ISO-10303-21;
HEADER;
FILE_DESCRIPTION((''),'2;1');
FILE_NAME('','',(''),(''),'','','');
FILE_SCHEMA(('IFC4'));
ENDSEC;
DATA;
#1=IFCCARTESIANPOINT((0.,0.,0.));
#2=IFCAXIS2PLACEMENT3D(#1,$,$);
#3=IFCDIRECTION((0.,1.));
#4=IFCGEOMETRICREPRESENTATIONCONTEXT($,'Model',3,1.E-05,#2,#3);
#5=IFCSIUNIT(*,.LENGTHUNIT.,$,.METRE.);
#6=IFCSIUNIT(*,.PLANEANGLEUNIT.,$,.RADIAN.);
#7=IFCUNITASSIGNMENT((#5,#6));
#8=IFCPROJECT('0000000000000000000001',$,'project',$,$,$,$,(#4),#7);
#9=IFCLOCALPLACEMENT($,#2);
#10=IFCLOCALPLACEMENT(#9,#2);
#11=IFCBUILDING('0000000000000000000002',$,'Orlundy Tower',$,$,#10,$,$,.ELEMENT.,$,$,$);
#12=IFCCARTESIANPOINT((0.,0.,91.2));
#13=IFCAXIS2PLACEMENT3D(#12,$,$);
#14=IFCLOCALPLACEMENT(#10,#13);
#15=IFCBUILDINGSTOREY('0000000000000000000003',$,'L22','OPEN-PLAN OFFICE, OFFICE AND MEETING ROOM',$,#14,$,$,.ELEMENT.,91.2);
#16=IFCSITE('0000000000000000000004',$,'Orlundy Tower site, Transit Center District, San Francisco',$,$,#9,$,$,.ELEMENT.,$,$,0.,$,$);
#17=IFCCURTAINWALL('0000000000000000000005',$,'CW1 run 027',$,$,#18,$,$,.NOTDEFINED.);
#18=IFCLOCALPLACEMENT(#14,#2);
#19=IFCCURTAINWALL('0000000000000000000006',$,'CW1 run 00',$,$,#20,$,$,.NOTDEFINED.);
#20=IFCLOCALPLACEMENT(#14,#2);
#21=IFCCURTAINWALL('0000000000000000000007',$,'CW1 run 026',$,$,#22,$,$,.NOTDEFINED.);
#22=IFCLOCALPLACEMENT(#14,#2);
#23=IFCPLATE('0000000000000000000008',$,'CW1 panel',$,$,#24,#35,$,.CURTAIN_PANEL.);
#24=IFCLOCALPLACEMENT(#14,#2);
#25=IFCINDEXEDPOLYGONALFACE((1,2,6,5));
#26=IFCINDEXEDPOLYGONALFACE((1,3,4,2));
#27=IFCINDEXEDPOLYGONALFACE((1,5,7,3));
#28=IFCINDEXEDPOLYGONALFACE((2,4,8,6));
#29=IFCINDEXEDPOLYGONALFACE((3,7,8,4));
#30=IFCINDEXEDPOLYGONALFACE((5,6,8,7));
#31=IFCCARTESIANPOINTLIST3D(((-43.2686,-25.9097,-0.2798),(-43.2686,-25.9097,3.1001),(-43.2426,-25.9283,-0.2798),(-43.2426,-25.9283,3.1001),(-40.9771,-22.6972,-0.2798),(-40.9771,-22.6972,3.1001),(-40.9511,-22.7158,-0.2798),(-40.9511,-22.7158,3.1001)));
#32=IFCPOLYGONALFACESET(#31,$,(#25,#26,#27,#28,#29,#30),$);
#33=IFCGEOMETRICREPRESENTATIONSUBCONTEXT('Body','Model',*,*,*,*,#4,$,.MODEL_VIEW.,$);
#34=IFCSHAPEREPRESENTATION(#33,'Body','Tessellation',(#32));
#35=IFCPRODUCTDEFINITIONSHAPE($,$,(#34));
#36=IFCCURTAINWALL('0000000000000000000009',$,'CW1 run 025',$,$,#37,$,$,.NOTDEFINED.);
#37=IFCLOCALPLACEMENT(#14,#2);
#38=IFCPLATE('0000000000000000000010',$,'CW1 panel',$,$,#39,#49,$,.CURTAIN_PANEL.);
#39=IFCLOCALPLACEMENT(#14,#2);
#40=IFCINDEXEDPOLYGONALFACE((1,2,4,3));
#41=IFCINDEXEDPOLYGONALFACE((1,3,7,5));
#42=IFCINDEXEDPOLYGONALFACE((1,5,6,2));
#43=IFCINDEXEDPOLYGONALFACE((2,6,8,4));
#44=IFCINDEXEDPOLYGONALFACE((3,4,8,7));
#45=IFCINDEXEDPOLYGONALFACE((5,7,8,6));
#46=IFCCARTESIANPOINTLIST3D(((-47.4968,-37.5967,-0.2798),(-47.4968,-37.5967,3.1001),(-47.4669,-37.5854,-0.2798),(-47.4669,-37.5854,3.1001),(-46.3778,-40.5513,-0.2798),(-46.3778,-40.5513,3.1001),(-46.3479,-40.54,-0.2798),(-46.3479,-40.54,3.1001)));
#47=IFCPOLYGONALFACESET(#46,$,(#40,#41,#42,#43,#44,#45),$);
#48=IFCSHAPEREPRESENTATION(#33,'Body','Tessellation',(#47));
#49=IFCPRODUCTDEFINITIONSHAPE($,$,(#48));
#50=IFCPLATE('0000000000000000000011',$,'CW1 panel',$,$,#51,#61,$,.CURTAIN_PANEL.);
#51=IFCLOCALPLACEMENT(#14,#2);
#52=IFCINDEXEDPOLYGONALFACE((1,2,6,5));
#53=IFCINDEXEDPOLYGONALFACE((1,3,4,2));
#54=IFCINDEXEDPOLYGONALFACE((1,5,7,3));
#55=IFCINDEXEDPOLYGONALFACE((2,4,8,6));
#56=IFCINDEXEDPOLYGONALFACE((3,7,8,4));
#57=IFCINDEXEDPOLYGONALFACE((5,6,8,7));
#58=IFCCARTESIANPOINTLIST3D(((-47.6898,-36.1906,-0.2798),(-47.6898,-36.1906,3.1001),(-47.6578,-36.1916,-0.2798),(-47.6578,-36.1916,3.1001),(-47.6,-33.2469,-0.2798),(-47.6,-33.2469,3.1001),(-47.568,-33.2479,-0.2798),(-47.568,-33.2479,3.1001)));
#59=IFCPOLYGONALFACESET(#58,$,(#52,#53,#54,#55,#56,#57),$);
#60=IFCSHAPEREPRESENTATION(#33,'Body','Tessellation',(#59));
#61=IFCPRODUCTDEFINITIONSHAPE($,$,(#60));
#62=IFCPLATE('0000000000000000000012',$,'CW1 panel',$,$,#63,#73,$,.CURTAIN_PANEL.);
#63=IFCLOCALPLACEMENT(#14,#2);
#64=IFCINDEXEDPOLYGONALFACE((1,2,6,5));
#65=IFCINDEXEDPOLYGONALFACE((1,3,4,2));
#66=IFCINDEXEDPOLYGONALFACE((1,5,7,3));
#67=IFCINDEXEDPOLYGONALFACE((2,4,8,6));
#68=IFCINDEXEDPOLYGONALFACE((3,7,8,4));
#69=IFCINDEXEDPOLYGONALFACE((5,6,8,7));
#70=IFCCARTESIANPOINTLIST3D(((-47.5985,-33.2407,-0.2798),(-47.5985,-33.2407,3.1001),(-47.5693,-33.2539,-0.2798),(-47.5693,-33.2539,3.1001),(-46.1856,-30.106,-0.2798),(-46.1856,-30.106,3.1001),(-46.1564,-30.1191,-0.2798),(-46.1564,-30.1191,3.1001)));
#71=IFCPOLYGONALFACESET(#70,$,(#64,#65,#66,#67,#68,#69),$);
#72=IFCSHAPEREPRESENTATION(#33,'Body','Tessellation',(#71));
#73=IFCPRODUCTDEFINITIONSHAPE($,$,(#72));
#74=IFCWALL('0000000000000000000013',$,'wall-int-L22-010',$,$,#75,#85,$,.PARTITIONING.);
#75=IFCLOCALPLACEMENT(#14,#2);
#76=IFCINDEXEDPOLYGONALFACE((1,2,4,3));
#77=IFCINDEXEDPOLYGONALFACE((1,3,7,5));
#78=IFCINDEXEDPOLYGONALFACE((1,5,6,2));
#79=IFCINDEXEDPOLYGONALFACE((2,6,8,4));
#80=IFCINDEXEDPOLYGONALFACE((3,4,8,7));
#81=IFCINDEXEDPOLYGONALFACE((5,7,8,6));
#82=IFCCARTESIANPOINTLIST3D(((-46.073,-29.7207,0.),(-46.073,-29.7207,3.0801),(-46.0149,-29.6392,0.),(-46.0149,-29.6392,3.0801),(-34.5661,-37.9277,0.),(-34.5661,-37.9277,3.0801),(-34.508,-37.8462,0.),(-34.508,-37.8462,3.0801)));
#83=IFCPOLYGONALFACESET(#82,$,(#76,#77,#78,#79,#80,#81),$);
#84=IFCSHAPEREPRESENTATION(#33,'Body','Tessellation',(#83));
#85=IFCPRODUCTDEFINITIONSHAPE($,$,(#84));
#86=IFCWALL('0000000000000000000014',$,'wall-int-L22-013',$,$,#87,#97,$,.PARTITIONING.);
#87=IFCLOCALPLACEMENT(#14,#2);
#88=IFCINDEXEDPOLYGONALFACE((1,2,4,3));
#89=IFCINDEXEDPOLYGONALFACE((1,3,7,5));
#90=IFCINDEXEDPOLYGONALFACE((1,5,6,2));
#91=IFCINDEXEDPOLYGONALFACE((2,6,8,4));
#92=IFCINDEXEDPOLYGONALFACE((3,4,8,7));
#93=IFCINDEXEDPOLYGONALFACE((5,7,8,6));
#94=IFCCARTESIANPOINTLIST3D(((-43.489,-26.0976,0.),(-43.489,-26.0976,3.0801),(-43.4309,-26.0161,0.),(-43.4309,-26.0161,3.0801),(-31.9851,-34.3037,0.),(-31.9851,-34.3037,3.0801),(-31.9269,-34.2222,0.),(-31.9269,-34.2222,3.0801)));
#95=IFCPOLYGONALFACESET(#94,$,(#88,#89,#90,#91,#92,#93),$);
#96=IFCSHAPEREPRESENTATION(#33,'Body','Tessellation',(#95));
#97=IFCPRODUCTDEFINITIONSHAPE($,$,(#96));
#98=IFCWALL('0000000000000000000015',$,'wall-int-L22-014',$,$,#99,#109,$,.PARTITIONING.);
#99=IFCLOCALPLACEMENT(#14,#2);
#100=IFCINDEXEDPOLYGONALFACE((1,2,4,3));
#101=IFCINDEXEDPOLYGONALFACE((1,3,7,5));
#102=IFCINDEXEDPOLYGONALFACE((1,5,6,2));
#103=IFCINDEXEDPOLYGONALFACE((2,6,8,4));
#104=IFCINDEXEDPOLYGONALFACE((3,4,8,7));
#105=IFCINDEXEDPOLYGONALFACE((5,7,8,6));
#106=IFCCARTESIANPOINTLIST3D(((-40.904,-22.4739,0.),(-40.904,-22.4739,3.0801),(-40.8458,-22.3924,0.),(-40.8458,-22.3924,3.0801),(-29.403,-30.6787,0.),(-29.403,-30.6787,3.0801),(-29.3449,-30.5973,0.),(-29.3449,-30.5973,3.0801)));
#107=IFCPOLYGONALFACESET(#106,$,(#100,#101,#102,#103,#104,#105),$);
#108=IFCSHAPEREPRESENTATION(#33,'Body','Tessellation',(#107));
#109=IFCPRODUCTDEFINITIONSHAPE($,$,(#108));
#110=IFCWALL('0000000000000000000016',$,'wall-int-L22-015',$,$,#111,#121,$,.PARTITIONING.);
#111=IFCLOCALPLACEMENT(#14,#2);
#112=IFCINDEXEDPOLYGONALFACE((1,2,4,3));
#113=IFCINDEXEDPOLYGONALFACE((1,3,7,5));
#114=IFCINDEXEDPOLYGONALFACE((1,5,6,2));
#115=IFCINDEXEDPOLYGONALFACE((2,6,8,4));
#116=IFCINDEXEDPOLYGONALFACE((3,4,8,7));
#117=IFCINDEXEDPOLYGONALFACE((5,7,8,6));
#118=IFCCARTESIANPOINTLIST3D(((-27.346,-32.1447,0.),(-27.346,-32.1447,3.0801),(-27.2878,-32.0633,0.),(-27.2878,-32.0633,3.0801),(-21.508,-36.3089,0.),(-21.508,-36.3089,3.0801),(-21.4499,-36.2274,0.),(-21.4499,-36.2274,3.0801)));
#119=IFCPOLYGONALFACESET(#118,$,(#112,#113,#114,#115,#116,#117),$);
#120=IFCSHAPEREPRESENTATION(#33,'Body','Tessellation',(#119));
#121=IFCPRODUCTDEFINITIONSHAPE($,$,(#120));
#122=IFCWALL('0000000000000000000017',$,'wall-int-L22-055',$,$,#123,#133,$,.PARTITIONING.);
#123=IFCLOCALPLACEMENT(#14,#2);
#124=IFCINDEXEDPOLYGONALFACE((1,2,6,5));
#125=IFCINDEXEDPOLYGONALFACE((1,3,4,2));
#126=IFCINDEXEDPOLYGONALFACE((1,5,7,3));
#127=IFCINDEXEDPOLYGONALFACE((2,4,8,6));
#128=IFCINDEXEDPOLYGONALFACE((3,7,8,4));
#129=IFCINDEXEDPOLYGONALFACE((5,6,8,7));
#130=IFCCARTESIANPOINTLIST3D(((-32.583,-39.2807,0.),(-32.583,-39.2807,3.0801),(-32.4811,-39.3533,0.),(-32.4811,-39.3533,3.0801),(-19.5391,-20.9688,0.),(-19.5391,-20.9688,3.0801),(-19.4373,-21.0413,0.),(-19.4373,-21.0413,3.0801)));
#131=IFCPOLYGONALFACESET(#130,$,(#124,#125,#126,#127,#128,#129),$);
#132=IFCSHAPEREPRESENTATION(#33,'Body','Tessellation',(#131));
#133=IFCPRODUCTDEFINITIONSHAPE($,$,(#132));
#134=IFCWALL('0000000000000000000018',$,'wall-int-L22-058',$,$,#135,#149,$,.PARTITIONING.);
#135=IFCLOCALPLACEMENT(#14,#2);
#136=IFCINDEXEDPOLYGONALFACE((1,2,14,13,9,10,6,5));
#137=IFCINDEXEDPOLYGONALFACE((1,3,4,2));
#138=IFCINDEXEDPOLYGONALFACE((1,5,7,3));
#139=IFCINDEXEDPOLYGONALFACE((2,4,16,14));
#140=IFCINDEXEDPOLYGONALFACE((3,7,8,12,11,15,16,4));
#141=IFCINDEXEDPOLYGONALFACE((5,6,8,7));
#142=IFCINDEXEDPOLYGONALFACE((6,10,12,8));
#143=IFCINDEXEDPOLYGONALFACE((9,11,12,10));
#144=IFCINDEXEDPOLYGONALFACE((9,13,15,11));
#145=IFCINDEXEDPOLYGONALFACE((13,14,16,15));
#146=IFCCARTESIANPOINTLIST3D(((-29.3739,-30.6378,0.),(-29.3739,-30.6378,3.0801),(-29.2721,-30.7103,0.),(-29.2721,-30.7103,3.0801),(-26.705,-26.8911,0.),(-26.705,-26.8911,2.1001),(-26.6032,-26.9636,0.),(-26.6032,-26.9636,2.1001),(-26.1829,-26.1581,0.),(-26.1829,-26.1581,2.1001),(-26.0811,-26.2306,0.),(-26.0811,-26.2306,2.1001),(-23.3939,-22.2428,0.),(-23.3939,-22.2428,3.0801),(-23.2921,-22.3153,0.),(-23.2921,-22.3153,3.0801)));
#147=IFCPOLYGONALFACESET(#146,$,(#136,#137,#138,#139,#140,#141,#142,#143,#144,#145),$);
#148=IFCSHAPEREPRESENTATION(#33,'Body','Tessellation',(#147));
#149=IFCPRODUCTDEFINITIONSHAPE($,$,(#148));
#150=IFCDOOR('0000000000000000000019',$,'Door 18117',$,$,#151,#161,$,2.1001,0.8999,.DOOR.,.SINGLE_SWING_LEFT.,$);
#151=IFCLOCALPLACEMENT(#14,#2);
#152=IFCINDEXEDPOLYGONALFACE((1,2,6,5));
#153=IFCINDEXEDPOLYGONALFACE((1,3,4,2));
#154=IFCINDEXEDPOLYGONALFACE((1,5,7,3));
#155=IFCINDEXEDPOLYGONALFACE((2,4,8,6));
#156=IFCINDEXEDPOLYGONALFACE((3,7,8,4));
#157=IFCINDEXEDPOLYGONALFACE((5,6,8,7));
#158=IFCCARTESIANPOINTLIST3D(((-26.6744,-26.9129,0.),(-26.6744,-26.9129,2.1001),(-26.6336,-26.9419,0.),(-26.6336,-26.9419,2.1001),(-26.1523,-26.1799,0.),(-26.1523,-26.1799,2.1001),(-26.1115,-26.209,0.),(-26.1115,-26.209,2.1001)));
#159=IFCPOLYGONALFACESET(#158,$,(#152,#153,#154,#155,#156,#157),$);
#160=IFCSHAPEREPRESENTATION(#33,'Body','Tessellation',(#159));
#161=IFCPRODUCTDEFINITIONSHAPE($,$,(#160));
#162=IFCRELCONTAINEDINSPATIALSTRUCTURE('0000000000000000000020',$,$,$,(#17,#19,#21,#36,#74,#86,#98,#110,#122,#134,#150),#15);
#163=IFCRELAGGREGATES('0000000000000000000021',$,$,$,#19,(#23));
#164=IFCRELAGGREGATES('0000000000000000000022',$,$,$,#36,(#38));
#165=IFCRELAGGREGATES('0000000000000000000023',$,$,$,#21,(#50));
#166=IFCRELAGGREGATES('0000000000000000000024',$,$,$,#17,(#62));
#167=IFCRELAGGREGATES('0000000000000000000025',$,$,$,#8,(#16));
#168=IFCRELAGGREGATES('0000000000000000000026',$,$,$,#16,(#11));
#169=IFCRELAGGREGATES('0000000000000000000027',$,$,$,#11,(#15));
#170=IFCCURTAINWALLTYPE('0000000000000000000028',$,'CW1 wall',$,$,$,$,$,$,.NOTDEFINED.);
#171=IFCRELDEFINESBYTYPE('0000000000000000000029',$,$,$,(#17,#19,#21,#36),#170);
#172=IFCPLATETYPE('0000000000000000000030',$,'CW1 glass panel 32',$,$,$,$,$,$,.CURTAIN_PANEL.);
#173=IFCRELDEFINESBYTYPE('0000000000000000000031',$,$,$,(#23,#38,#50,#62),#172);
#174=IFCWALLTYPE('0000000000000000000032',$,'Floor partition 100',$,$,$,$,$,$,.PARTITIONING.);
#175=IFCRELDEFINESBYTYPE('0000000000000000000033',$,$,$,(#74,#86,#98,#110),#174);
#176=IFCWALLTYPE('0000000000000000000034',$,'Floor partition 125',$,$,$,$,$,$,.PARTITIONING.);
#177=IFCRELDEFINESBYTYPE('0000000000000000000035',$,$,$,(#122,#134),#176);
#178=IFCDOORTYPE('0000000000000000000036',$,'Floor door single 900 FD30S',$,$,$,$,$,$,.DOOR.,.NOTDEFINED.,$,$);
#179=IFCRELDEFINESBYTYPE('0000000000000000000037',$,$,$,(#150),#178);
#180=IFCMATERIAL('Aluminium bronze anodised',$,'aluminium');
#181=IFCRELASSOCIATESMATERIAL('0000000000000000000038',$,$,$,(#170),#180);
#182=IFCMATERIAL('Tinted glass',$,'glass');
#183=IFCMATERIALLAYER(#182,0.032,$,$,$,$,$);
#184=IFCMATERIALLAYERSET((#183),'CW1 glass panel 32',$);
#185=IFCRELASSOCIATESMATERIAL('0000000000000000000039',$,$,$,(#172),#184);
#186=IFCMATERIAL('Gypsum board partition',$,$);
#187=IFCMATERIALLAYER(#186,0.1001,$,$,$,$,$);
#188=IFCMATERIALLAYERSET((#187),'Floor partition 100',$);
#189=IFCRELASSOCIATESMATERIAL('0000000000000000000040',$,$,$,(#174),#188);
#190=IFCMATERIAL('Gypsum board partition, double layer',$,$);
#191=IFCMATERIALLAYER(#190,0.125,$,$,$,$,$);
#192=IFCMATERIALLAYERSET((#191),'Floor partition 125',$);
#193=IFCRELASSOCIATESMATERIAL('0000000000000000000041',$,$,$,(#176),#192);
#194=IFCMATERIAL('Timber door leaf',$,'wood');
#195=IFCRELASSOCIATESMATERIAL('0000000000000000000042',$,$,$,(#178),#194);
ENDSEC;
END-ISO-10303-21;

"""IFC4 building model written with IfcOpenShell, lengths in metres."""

from ifc_helpers import new_model, si_unit, direction, frame, frame_2d, origin, origin_2d, place, context, subcontext, project, spatial, rectangle, extrude, material, layer, layer_set, type_object, element, fill, aggregate, save


model = new_model("IFC4")

# Units and contexts
model_context = context("Model", 3, precision=1e-05, world=origin(), true_north=direction((0.0, 1.0)))
body_context = subcontext(model_context, "Body", "Model", "MODEL_VIEW")
ifc_project = project(units=[si_unit("LENGTHUNIT", "METRE"), si_unit("PLANEANGLEUNIT", "RADIAN")], contexts=[model_context])

# Site, building, storey
site_placement = place(None, origin())
site = spatial("IfcSite", under=ifc_project, at=site_placement, Name="Orlundy Tower site, Transit Center District, San Francisco", CompositionType="ELEMENT", RefElevation=0.0)
building_placement = place(site_placement, origin())
building = spatial("IfcBuilding", under=site, at=building_placement, Name="Orlundy Tower", CompositionType="ELEMENT")
storey_placement = place(building_placement, frame((0.0, 0.0, 91.2)))
storey = spatial("IfcBuildingStorey", under=building, at=storey_placement, Name="L22", Description="OPEN-PLAN OFFICE, OFFICE AND MEETING ROOM", CompositionType="ELEMENT", Elevation=91.2)

# Curtain wall
ifc_material_1 = material(Name="Aluminium bronze anodised", Category="aluminium")
curtain_wall_type = type_object("IfcCurtainWallType", Name="CW1 wall", PredefinedType="NOTDEFINED", material=ifc_material_1)
curtain_wall_1_placement = place(storey_placement, origin())
curtain_wall_1 = element("IfcCurtainWall", 1, at=curtain_wall_1_placement, inside=storey, type_object=curtain_wall_type, Name="CW1 run 027", PredefinedType="NOTDEFINED")

# Curtain wall
curtain_wall_2_placement = place(storey_placement, origin())
curtain_wall_2 = element("IfcCurtainWall", 2, at=curtain_wall_2_placement, inside=storey, type_object=curtain_wall_type, Name="CW1 run 00", PredefinedType="NOTDEFINED")

# Curtain wall
curtain_wall_3_placement = place(storey_placement, origin())
curtain_wall_3 = element("IfcCurtainWall", 3, at=curtain_wall_3_placement, inside=storey, type_object=curtain_wall_type, Name="CW1 run 026", PredefinedType="NOTDEFINED")

# Plate
ifc_material_2 = material(Name="Tinted glass", Category="glass")
ifc_layer_1 = layer(ifc_material_2, 0.032)
ifc_layer_set_1 = layer_set([ifc_layer_1], Name="CW1 glass panel 32")
plate_type = type_object("IfcPlateType", Name="CW1 glass panel 32", PredefinedType="CURTAIN_PANEL", material=ifc_layer_set_1)
plate_1_placement = place(storey_placement, frame((-42.1099, -24.3127, -0.2798), z_axis=(0.0, 0.0, 1.0), x_axis=(0.580701, 0.814117, 0.0)))
plate_1 = element("IfcPlate", 4, at=plate_1_placement, type_object=plate_type, Name="CW1 panel", PredefinedType="CURTAIN_PANEL", context=body_context, shape_type="SweptSolid", body=[
    extrude(rectangle(XDim=3.946, YDim=0.032, at=origin_2d()), origin(), (0.0, 0.0, 1.0), 3.3799),
])
aggregate(curtain_wall_2, [plate_1])

# Curtain wall, plate
curtain_wall_4_placement = place(storey_placement, origin())
curtain_wall_4 = element("IfcCurtainWall", 5, at=curtain_wall_4_placement, inside=storey, type_object=curtain_wall_type, Name="CW1 run 025", PredefinedType="NOTDEFINED")
plate_2_placement = place(storey_placement, frame((-46.9224, -39.0684, -0.2798), z_axis=(0.0, 0.0, 1.0), x_axis=(-0.354166, 0.935182, 0.0)))
plate_2 = element("IfcPlate", 6, at=plate_2_placement, type_object=plate_type, Name="CW1 panel", PredefinedType="CURTAIN_PANEL", context=body_context, shape_type="SweptSolid", body=[
    extrude(rectangle(XDim=3.1594, YDim=0.032, at=origin_2d()), origin(), (0.0, 0.0, 1.0), 3.3799),
])
aggregate(curtain_wall_4, [plate_2])

# Plates
plate_3_placement = place(storey_placement, frame((-47.6289, -34.7192, -0.2798), z_axis=(0.0, 0.0, 1.0), x_axis=(0.030485, 0.999535, 0.0)))
plate_3 = element("IfcPlate", 7, at=plate_3_placement, type_object=plate_type, Name="CW1 panel", PredefinedType="CURTAIN_PANEL", context=body_context, shape_type="SweptSolid", body=[
    extrude(rectangle(XDim=2.9451, YDim=0.032, at=origin_2d()), origin(), (0.0, 0.0, 1.0), 3.3799),
])
aggregate(curtain_wall_3, [plate_3])
plate_4_placement = place(storey_placement, frame((-46.8774, -31.6799, -0.2798), z_axis=(0.0, 0.0, 1.0), x_axis=(0.410914, 0.911674, 0.0)))
plate_4 = element("IfcPlate", 8, at=plate_4_placement, type_object=plate_type, Name="CW1 panel", PredefinedType="CURTAIN_PANEL", context=body_context, shape_type="SweptSolid", body=[
    extrude(rectangle(XDim=3.4385, YDim=0.032, at=origin_2d()), origin(), (0.0, 0.0, 1.0), 3.3799),
])
aggregate(curtain_wall_1, [plate_4])

# Walls
ifc_material_3 = material(Name="Gypsum board partition")
ifc_layer_2 = layer(ifc_material_3, 0.1001)
ifc_layer_set_2 = layer_set([ifc_layer_2], Name="Floor partition 100")
wall_type_1 = type_object("IfcWallType", Name="Floor partition 100", PredefinedType="PARTITIONING", material=ifc_layer_set_2)
wall_1_placement = place(storey_placement, frame((-46.0439, -29.6799, 0.0), z_axis=(0.0, 0.0, 1.0), x_axis=(0.814139, -0.580669, 0.0)))
element("IfcWall", 9, at=wall_1_placement, inside=storey, type_object=wall_type_1, Name="wall-int-L22-010", PredefinedType="PARTITIONING", context=body_context, shape_type="SweptSolid", body=[
    extrude(rectangle(XDim=14.1338, YDim=0.1001, at=frame_2d((7.0669, 0.0))), origin(), (0.0, 0.0, 1.0), 3.0801),
])
wall_2_placement = place(storey_placement, frame((-43.46, -26.0569, 0.0), z_axis=(0.0, 0.0, 1.0), x_axis=(0.814102, -0.580722, 0.0)))
element("IfcWall", 10, at=wall_2_placement, inside=storey, type_object=wall_type_1, Name="wall-int-L22-013", PredefinedType="PARTITIONING", context=body_context, shape_type="SweptSolid", body=[
    extrude(rectangle(XDim=14.1309, YDim=0.1001, at=frame_2d((7.0654, 0.0))), origin(), (0.0, 0.0, 1.0), 3.0801),
])
wall_3_placement = place(storey_placement, frame((-40.875, -22.4331, 0.0), z_axis=(0.0, 0.0, 1.0), x_axis=(0.814073, -0.580762, 0.0)))
element("IfcWall", 11, at=wall_3_placement, inside=storey, type_object=wall_type_1, Name="wall-int-L22-014", PredefinedType="PARTITIONING", context=body_context, shape_type="SweptSolid", body=[
    extrude(rectangle(XDim=14.1277, YDim=0.1001, at=frame_2d((7.064, 0.0))), origin(), (0.0, 0.0, 1.0), 3.0801),
])
wall_4_placement = place(storey_placement, frame((-27.3169, -32.104, 0.0), z_axis=(0.0, 0.0, 1.0), x_axis=(0.81412, -0.580697, 0.0)))
element("IfcWall", 12, at=wall_4_placement, inside=storey, type_object=wall_type_1, Name="wall-int-L22-015", PredefinedType="PARTITIONING", context=body_context, shape_type="SweptSolid", body=[
    extrude(rectangle(XDim=7.1709, YDim=0.1001, at=frame_2d((3.5854, 0.0))), origin(), (0.0, 0.0, 1.0), 3.0801),
])
ifc_material_4 = material(Name="Gypsum board partition, double layer")
ifc_layer_3 = layer(ifc_material_4, 0.125)
ifc_layer_set_3 = layer_set([ifc_layer_3], Name="Floor partition 125")
wall_type_2 = type_object("IfcWallType", Name="Floor partition 125", PredefinedType="PARTITIONING", material=ifc_layer_set_3)
wall_5_placement = place(storey_placement, frame((-32.532, -39.3169, 0.0), z_axis=(0.0, 0.0, 1.0), x_axis=(0.580176, 0.814491, 0.0)))
element("IfcWall", 13, at=wall_5_placement, inside=storey, type_object=wall_type_2, Name="wall-int-L22-055", PredefinedType="PARTITIONING", context=body_context, shape_type="SweptSolid", body=[
    extrude(rectangle(XDim=22.4827, YDim=0.125, at=frame_2d((11.2412, 0.0))), origin(), (0.0, 0.0, 1.0), 3.0801),
])

# Wall, opening, door
wall_6_placement = place(storey_placement, frame((-29.323, -30.6741, 0.0), z_axis=(0.0, 0.0, 1.0), x_axis=(0.58018, 0.814488, 0.0)))
wall_6 = element("IfcWall", 14, at=wall_6_placement, inside=storey, type_object=wall_type_2, Name="wall-int-L22-058", PredefinedType="PARTITIONING", context=body_context, shape_type="SweptSolid", body=[
    extrude(rectangle(XDim=10.3071, YDim=0.125, at=frame_2d((5.1536, 0.0))), origin(), (0.0, 0.0, 1.0), 3.0801),
])
opening_1_placement = place(wall_6_placement, frame((4.6001, 0.0, 0.0)))
opening_1 = element("IfcOpeningElement", 15, at=opening_1_placement, cuts=wall_6, PredefinedType="OPENING", context=body_context, shape_type="SweptSolid", body=[
    extrude(rectangle(XDim=0.8999, YDim=2.1001, at=frame_2d((0.45, 1.05))), frame((0.0, 0.0725, 0.0), z_axis=(0.0, -1.0, 0.0), x_axis=(1.0, 0.0, 0.0)), (0.0, 0.0, 1.0), 0.145),
])
ifc_material_5 = material(Name="Timber door leaf", Category="wood")
door_type = type_object("IfcDoorType", Name="Floor door single 900 FD30S", OperationType="NOTDEFINED", PredefinedType="DOOR", material=ifc_material_5)
door_1_placement = place(opening_1_placement, origin())
door_1 = element("IfcDoor", 16, at=door_1_placement, inside=storey, type_object=door_type, Name="Door 18117", OperationType="SINGLE_SWING_LEFT", OverallHeight=2.1001, OverallWidth=0.8999, PredefinedType="DOOR", context=body_context, shape_type="SweptSolid", body=[
    extrude(rectangle(XDim=0.8999, YDim=2.1001, at=frame_2d((0.45, 1.05))), frame((0.0, 0.0249, 0.0), z_axis=(0.0, -1.0, 0.0), x_axis=(1.0, 0.0, 0.0)), (0.0, 0.0, 1.0), 0.05),
])
fill(opening_1, door_1)

save(model, "model.ifc")
